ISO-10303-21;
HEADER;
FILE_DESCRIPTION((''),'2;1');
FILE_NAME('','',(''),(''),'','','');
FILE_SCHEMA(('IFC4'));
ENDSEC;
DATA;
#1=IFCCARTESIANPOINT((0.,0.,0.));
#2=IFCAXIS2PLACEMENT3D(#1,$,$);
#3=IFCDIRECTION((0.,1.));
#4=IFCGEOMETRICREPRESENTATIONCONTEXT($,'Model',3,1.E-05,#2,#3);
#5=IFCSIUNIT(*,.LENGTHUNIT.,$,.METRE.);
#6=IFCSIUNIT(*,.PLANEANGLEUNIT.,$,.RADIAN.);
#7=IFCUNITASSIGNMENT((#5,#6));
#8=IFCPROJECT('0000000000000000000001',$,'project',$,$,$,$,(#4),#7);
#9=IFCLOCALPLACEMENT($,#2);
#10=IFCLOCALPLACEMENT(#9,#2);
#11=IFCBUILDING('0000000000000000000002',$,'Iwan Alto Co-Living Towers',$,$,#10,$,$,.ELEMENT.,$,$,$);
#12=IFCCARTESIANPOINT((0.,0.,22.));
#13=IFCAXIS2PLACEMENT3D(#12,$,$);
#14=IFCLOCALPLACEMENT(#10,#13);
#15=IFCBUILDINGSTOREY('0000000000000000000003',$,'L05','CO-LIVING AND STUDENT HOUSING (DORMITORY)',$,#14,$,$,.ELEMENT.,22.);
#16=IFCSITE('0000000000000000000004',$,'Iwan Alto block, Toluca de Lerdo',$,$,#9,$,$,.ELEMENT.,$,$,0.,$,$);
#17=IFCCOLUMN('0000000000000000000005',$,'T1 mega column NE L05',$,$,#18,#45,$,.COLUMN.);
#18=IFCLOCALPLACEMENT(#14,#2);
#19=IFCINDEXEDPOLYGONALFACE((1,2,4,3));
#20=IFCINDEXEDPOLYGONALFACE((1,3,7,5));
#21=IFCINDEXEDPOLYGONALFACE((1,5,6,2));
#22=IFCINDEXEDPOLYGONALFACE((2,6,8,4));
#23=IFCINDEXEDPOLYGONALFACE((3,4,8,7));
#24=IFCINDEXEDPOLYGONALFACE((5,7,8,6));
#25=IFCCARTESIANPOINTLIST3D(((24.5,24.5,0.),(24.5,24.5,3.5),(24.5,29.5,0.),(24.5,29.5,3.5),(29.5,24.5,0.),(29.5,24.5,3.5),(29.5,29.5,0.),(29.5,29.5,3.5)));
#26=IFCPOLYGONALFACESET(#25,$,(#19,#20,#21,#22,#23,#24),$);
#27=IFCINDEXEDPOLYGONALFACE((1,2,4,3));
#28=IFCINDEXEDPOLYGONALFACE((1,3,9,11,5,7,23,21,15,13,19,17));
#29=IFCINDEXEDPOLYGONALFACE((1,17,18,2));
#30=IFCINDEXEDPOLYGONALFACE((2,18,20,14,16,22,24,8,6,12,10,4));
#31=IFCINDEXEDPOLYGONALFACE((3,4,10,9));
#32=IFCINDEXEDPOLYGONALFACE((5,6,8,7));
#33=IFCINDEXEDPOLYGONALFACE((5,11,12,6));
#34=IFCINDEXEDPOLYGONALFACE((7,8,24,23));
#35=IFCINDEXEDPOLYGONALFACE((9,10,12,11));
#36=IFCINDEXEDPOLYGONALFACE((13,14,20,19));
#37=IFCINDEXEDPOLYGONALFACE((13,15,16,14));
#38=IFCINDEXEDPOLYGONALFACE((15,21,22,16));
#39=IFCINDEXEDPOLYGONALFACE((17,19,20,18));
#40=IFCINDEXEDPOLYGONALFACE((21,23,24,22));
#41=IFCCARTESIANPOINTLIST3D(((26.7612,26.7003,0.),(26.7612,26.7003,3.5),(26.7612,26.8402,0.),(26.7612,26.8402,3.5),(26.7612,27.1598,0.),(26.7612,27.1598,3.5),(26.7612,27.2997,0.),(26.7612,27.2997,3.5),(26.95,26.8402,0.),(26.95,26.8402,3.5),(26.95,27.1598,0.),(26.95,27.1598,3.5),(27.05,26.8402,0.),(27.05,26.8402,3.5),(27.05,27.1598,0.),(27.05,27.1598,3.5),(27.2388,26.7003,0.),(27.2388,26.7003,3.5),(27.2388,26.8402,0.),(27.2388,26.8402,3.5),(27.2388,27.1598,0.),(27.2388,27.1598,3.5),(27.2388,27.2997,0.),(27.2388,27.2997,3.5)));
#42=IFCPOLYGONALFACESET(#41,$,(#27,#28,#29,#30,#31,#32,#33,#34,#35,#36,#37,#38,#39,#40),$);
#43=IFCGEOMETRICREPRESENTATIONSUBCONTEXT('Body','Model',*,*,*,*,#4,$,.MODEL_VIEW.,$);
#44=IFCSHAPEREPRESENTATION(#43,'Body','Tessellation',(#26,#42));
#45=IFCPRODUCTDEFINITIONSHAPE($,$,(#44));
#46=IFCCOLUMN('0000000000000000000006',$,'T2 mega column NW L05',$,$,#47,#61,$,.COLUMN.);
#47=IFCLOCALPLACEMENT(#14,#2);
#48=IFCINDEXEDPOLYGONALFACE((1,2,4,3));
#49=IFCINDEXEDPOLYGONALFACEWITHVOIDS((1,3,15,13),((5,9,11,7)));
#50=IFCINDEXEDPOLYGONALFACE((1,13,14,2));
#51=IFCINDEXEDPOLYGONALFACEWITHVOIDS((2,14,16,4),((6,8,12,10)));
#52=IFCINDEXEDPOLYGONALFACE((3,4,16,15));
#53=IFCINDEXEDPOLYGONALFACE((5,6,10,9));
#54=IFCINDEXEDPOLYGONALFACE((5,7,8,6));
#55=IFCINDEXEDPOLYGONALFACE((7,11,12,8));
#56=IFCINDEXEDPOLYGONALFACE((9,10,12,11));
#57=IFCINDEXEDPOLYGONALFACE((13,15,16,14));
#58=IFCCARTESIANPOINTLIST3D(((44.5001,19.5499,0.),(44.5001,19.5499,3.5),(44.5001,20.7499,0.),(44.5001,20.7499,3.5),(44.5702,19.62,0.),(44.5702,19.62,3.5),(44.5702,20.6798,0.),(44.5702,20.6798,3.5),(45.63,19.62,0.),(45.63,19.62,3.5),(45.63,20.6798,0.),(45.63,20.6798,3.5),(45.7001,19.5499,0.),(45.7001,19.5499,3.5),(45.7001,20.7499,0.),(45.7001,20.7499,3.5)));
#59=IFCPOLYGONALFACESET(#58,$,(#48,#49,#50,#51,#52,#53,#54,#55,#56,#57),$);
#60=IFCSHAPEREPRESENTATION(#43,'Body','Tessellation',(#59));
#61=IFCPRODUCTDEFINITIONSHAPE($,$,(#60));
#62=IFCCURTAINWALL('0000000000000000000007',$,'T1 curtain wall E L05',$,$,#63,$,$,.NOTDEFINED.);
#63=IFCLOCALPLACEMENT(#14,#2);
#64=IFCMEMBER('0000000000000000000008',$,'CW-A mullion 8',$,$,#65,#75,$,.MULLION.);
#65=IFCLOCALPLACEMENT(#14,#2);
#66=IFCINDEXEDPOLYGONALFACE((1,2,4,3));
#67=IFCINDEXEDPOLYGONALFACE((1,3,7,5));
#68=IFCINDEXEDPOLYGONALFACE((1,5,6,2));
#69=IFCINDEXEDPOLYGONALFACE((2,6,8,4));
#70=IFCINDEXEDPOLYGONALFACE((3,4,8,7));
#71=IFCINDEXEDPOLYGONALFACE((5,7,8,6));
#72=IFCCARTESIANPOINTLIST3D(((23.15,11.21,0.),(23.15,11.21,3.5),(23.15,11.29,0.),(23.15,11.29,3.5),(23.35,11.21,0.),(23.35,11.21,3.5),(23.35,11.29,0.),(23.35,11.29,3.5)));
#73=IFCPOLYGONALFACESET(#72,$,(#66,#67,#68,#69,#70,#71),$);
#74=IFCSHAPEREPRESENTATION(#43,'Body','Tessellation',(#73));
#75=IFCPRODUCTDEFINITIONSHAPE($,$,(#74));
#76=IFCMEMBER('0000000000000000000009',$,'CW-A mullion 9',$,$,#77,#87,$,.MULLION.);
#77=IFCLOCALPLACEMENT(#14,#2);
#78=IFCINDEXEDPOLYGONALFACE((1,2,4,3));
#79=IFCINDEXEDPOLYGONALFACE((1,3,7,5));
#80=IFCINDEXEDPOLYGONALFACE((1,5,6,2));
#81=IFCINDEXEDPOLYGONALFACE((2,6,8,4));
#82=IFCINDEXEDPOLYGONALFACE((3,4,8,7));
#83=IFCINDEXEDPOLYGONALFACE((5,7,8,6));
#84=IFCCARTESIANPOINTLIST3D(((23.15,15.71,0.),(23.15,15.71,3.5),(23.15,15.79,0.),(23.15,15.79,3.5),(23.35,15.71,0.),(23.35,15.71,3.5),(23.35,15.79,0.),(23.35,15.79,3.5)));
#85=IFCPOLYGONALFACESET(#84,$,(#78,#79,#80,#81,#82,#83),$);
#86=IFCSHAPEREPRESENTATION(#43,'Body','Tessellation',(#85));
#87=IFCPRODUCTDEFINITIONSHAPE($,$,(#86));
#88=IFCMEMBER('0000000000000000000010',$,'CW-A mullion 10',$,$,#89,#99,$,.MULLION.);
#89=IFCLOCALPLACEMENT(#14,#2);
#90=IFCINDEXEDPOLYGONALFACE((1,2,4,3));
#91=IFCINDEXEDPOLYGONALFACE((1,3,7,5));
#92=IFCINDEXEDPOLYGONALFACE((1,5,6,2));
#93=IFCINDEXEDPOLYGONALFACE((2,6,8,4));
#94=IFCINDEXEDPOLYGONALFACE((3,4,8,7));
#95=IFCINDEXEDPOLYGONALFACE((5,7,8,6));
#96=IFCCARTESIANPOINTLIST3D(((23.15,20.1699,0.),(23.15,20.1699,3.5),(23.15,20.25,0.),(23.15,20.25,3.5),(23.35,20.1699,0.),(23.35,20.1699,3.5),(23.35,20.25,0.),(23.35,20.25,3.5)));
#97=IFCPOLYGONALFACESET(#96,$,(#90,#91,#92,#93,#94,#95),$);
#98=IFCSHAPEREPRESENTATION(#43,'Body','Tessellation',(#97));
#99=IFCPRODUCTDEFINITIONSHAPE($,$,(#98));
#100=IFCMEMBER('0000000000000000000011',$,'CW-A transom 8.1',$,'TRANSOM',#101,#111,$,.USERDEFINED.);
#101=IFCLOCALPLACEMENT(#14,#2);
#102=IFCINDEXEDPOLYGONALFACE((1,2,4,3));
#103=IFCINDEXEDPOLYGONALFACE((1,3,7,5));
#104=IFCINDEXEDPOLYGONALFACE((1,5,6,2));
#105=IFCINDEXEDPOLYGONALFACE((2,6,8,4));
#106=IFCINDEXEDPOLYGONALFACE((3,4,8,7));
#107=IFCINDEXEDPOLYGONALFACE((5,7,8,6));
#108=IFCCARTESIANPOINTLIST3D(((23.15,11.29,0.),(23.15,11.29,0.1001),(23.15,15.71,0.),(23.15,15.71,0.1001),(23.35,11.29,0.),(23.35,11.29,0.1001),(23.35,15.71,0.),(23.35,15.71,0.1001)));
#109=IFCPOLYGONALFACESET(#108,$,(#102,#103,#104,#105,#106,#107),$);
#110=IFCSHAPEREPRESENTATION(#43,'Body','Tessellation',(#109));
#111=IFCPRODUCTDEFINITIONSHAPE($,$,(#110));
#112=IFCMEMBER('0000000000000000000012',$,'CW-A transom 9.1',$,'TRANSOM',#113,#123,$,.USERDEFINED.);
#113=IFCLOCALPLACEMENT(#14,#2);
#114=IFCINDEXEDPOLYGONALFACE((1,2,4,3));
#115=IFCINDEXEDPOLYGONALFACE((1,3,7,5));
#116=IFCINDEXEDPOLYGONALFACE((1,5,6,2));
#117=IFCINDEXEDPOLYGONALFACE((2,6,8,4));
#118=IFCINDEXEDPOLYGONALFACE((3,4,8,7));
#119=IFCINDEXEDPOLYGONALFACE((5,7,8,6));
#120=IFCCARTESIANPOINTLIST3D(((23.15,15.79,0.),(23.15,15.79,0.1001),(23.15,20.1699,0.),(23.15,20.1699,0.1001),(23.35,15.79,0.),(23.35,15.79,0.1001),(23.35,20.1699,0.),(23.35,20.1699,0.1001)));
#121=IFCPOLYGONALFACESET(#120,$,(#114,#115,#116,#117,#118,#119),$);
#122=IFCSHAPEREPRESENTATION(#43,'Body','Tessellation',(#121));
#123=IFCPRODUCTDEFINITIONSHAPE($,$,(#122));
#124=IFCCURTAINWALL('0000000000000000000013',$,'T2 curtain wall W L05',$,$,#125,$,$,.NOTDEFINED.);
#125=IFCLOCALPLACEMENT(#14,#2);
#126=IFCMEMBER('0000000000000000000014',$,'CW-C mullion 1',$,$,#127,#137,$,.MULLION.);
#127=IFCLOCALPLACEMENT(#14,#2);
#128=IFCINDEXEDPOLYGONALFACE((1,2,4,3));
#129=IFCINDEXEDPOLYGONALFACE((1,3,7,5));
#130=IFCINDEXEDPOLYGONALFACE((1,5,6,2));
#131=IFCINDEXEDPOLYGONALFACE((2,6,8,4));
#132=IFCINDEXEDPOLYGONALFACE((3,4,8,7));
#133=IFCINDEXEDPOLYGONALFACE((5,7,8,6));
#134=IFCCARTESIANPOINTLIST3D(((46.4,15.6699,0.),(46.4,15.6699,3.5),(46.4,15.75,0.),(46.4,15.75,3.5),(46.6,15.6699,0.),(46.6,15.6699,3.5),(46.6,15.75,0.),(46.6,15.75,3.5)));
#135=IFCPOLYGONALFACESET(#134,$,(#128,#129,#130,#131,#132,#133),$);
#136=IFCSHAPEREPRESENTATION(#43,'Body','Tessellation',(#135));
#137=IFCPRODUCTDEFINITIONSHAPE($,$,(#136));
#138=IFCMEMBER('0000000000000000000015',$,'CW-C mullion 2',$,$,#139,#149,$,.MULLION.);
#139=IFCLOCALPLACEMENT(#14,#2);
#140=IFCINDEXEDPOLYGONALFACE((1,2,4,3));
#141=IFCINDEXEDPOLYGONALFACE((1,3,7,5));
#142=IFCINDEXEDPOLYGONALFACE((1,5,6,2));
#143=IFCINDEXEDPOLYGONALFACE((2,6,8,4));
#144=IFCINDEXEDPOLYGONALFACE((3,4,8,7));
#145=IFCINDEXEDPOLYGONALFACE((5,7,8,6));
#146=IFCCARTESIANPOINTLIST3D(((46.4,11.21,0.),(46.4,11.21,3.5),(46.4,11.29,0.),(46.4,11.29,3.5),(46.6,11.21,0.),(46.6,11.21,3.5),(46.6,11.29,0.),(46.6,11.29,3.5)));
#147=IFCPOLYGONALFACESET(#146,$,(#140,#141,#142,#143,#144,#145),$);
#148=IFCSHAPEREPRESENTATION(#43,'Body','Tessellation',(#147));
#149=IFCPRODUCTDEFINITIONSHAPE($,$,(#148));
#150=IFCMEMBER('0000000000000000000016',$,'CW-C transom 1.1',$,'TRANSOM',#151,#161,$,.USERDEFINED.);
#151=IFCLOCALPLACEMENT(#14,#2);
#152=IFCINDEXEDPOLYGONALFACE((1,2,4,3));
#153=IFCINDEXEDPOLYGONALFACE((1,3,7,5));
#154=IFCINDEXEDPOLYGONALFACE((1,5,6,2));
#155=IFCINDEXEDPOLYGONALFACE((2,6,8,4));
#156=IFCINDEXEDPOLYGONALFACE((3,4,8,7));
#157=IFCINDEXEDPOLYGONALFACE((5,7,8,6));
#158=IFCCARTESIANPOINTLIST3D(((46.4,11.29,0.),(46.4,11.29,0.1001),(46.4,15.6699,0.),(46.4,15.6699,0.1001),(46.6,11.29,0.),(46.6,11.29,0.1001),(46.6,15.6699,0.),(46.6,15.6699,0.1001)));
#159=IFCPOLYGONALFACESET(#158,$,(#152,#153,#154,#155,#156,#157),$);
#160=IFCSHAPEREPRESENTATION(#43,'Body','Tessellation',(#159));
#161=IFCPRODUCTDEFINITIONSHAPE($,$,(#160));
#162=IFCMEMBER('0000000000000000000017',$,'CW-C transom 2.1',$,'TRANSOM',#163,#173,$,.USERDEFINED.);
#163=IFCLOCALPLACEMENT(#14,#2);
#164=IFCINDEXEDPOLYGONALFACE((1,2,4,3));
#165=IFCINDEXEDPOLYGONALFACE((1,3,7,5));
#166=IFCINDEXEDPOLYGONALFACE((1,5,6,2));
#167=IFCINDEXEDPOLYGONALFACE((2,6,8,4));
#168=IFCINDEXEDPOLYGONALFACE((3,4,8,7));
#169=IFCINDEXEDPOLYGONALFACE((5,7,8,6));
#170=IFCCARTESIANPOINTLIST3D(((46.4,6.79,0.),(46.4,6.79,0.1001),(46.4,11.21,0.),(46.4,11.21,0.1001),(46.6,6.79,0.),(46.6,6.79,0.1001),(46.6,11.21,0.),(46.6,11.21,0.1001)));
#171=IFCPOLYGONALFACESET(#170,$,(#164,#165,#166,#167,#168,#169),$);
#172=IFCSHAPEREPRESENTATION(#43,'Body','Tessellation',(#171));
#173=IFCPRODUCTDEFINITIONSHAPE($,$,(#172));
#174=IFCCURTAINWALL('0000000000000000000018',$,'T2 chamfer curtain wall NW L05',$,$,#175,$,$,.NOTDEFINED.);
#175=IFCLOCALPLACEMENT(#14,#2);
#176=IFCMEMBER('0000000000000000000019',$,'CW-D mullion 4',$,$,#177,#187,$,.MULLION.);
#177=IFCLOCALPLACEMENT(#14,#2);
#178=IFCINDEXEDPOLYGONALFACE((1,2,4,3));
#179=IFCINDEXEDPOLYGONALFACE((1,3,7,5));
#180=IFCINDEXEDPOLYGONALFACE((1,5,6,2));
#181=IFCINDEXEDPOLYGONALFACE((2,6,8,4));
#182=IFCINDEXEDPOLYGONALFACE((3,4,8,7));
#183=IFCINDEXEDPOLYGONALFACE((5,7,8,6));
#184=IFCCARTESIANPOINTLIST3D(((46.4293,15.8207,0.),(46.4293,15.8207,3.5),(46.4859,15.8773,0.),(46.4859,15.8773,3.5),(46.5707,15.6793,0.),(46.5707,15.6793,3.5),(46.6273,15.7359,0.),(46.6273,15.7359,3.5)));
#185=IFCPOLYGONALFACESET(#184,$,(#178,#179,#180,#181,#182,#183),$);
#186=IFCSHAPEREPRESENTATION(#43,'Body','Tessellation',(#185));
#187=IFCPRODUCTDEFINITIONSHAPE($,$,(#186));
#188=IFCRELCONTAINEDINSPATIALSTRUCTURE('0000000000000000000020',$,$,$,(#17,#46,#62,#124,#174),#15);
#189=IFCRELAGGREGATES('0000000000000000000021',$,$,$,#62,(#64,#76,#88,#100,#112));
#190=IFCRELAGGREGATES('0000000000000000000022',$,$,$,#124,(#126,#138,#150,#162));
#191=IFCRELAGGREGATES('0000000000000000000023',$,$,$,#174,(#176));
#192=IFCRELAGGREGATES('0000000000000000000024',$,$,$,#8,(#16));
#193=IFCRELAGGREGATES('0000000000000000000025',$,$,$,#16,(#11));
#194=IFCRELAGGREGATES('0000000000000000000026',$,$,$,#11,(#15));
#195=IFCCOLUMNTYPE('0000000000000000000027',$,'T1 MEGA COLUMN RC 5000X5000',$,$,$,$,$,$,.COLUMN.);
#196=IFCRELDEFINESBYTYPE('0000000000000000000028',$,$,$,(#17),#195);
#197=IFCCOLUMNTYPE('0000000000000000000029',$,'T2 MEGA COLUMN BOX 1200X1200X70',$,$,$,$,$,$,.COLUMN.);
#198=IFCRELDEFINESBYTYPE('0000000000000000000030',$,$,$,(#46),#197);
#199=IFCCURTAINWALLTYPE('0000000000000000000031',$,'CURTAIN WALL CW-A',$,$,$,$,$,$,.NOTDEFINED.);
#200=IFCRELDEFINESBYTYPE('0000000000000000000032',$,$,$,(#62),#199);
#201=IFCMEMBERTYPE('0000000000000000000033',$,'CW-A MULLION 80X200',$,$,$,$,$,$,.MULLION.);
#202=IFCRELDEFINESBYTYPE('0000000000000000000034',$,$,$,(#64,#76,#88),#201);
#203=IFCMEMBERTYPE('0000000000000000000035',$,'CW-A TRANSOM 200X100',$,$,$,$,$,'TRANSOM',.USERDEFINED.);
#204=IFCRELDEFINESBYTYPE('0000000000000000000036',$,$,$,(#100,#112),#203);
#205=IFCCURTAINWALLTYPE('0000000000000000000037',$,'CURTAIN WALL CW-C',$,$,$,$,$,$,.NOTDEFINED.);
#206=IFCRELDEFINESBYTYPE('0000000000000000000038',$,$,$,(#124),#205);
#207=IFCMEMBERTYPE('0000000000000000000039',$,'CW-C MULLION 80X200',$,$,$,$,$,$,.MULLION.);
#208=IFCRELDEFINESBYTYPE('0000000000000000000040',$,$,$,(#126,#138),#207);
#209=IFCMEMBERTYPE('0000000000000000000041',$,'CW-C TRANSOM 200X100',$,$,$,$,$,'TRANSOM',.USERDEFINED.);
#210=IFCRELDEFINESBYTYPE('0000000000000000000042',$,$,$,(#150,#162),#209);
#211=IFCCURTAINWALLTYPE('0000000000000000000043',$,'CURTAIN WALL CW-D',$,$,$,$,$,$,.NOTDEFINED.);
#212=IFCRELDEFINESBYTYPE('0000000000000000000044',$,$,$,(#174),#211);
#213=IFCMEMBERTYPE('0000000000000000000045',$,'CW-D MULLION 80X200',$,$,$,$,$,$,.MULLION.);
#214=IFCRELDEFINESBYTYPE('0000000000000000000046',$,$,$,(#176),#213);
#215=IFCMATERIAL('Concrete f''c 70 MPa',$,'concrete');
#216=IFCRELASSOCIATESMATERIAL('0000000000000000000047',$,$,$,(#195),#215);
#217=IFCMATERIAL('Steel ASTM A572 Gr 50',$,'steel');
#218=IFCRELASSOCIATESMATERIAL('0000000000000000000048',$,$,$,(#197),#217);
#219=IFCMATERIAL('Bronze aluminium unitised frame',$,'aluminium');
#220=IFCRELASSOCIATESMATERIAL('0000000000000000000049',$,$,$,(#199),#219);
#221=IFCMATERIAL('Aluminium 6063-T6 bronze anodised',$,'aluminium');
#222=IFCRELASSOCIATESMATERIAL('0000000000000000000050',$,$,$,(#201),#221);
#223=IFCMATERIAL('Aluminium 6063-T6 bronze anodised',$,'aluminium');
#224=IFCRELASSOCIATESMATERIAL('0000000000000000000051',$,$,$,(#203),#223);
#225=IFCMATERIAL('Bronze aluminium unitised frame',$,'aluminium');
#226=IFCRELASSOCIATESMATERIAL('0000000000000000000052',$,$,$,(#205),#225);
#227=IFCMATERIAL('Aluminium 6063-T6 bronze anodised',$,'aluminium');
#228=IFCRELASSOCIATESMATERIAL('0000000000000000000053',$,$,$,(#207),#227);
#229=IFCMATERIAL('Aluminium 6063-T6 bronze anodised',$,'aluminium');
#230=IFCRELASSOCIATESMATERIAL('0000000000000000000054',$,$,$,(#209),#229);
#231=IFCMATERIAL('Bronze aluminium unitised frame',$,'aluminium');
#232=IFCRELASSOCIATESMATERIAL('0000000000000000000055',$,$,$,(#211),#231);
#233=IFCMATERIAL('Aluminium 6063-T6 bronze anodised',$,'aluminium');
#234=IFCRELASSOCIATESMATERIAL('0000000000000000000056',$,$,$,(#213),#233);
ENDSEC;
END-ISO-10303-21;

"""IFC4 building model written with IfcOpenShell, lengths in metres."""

from ifc_helpers import new_model, si_unit, direction, frame, origin, origin_2d, place, context, subcontext, project, spatial, rectangle, hollow_rectangle, i_section, extrude, material, material_profile, profile_set, type_object, element, aggregate, save


model = new_model("IFC4")

# Units and contexts
model_context = context("Model", 3, precision=1e-05, world=origin(), true_north=direction((0.0, 1.0)))
body_context = subcontext(model_context, "Body", "Model", "MODEL_VIEW")
ifc_project = project(units=[si_unit("LENGTHUNIT", "METRE"), si_unit("PLANEANGLEUNIT", "RADIAN")], contexts=[model_context])

# Site, building, storey
site_placement = place(None, origin())
site = spatial("IfcSite", under=ifc_project, at=site_placement, Name="Iwan Alto block, Toluca de Lerdo", CompositionType="ELEMENT", RefElevation=0.0)
building_placement = place(site_placement, origin())
building = spatial("IfcBuilding", under=site, at=building_placement, Name="Iwan Alto Co-Living Towers", CompositionType="ELEMENT")
storey_placement = place(building_placement, frame((0.0, 0.0, 22.0)))
storey = spatial("IfcBuildingStorey", under=building, at=storey_placement, Name="L05", Description="CO-LIVING AND STUDENT HOUSING (DORMITORY)", CompositionType="ELEMENT", Elevation=22.0)

# Columns
ifc_material_1 = material(Name="Concrete f'c 70 MPa", Category="concrete")
ifc_material_profile_1 = material_profile(ifc_material_1, rectangle(XDim=5.0, YDim=5.0, at=origin_2d()), Name="RC 5000X5000")
ifc_profile_set_1 = profile_set([ifc_material_profile_1], Name="Concrete f'c 70 MPa")
column_type_1 = type_object("IfcColumnType", Name="T1 MEGA COLUMN RC 5000X5000", PredefinedType="COLUMN", material=ifc_profile_set_1)
column_1_placement = place(storey_placement, frame((27.0, 27.0, 0.0), z_axis=(0.0, 0.0, 1.0), x_axis=(1.0, 0.0, 0.0)))
element("IfcColumn", 1, at=column_1_placement, inside=storey, type_object=column_type_1, Name="T1 mega column NE L05", PredefinedType="COLUMN", context=body_context, shape_type="SweptSolid", body=[
    extrude(rectangle(XDim=5.0, YDim=5.0, at=origin_2d()), origin(), (0.0, 0.0, 1.0), 3.5),
    extrude(i_section(OverallWidth=0.4775, OverallDepth=0.5994, WebThickness=0.1001, FlangeThickness=0.1399, at=origin_2d()), origin(), (0.0, 0.0, 1.0), 3.5),
])
ifc_material_2 = material(Name="Steel ASTM A572 Gr 50", Category="steel")
ifc_material_profile_2 = material_profile(ifc_material_2, hollow_rectangle(XDim=1.2, YDim=1.2, WallThickness=0.0701, at=origin_2d()), Name="BOX 1200X1200X70")
ifc_profile_set_2 = profile_set([ifc_material_profile_2], Name="Steel ASTM A572 Gr 50")
column_type_2 = type_object("IfcColumnType", Name="T2 MEGA COLUMN BOX 1200X1200X70", PredefinedType="COLUMN", material=ifc_profile_set_2)
column_2_placement = place(storey_placement, frame((45.1001, 20.1499, 0.0), z_axis=(0.0, 0.0, 1.0), x_axis=(1.0, 0.0, 0.0)))
element("IfcColumn", 2, at=column_2_placement, inside=storey, type_object=column_type_2, Name="T2 mega column NW L05", PredefinedType="COLUMN", context=body_context, shape_type="SweptSolid", body=[
    extrude(hollow_rectangle(XDim=1.2, YDim=1.2, WallThickness=0.0701, at=origin_2d()), origin(), (0.0, 0.0, 1.0), 3.5),
])

# Curtain walls, members
ifc_material_3 = material(Name="Bronze aluminium unitised frame", Category="aluminium")
curtain_wall_type_1 = type_object("IfcCurtainWallType", Name="CURTAIN WALL CW-A", PredefinedType="NOTDEFINED", material=ifc_material_3)
curtain_wall_1_placement = place(storey_placement, origin())
curtain_wall_1 = element("IfcCurtainWall", 3, at=curtain_wall_1_placement, inside=storey, type_object=curtain_wall_type_1, Name="T1 curtain wall E L05", PredefinedType="NOTDEFINED")
ifc_material_4 = material(Name="Aluminium 6063-T6 bronze anodised", Category="aluminium")
ifc_material_profile_3 = material_profile(ifc_material_4, rectangle(XDim=0.2, YDim=0.0801, at=origin_2d()), Name="AL 80X200")
ifc_profile_set_3 = profile_set([ifc_material_profile_3], Name="Aluminium 6063-T6 bronze anodised")
member_type_1 = type_object("IfcMemberType", Name="CW-A MULLION 80X200", PredefinedType="MULLION", material=ifc_profile_set_3)
member_1_placement = place(storey_placement, frame((23.25, 11.25, 0.0), z_axis=(0.0, 0.0, 1.0), x_axis=(-1.0, 0.0, 0.0)))
member_1 = element("IfcMember", 4, at=member_1_placement, type_object=member_type_1, Name="CW-A mullion 8", PredefinedType="MULLION", context=body_context, shape_type="SweptSolid", body=[
    extrude(rectangle(XDim=0.2, YDim=0.0801, at=origin_2d()), origin(), (0.0, 0.0, 1.0), 3.5),
])
member_2_placement = place(storey_placement, frame((23.25, 15.75, 0.0), z_axis=(0.0, 0.0, 1.0), x_axis=(-1.0, 0.0, 0.0)))
member_2 = element("IfcMember", 5, at=member_2_placement, type_object=member_type_1, Name="CW-A mullion 9", PredefinedType="MULLION", context=body_context, shape_type="SweptSolid", body=[
    extrude(rectangle(XDim=0.2, YDim=0.0801, at=origin_2d()), origin(), (0.0, 0.0, 1.0), 3.5),
])
member_3_placement = place(storey_placement, frame((23.25, 20.21, 0.0), z_axis=(0.0, 0.0, 1.0), x_axis=(-1.0, 0.0, 0.0)))
member_3 = element("IfcMember", 6, at=member_3_placement, type_object=member_type_1, Name="CW-A mullion 10", PredefinedType="MULLION", context=body_context, shape_type="SweptSolid", body=[
    extrude(rectangle(XDim=0.2, YDim=0.0801, at=origin_2d()), origin(), (0.0, 0.0, 1.0), 3.5),
])
ifc_material_5 = material(Name="Aluminium 6063-T6 bronze anodised", Category="aluminium")
ifc_material_profile_4 = material_profile(ifc_material_5, rectangle(XDim=0.2, YDim=0.1001, at=origin_2d()), Name="AL 200X100")
ifc_profile_set_4 = profile_set([ifc_material_profile_4], Name="Aluminium 6063-T6 bronze anodised")
member_type_2 = type_object("IfcMemberType", Name="CW-A TRANSOM 200X100", ElementType="TRANSOM", PredefinedType="USERDEFINED", material=ifc_profile_set_4)
member_4_placement = place(storey_placement, frame((23.25, 11.29, 0.05), z_axis=(0.0, 1.0, 0.0), x_axis=(-1.0, 0.0, 0.0)))
member_4 = element("IfcMember", 7, at=member_4_placement, type_object=member_type_2, Name="CW-A transom 8.1", ObjectType="TRANSOM", PredefinedType="USERDEFINED", context=body_context, shape_type="SweptSolid", body=[
    extrude(rectangle(XDim=0.2, YDim=0.1001, at=origin_2d()), origin(), (0.0, 0.0, 1.0), 4.4199),
])
member_5_placement = place(storey_placement, frame((23.25, 15.79, 0.05), z_axis=(0.0, 1.0, 0.0), x_axis=(-1.0, 0.0, 0.0)))
member_5 = element("IfcMember", 8, at=member_5_placement, type_object=member_type_2, Name="CW-A transom 9.1", ObjectType="TRANSOM", PredefinedType="USERDEFINED", context=body_context, shape_type="SweptSolid", body=[
    extrude(rectangle(XDim=0.2, YDim=0.1001, at=origin_2d()), origin(), (0.0, 0.0, 1.0), 4.3799),
])
ifc_material_6 = material(Name="Bronze aluminium unitised frame", Category="aluminium")
curtain_wall_type_2 = type_object("IfcCurtainWallType", Name="CURTAIN WALL CW-C", PredefinedType="NOTDEFINED", material=ifc_material_6)
curtain_wall_2_placement = place(storey_placement, origin())
curtain_wall_2 = element("IfcCurtainWall", 9, at=curtain_wall_2_placement, inside=storey, type_object=curtain_wall_type_2, Name="T2 curtain wall W L05", PredefinedType="NOTDEFINED")
ifc_material_7 = material(Name="Aluminium 6063-T6 bronze anodised", Category="aluminium")
ifc_material_profile_5 = material_profile(ifc_material_7, rectangle(XDim=0.2, YDim=0.0801, at=origin_2d()), Name="AL 80X200")
ifc_profile_set_5 = profile_set([ifc_material_profile_5], Name="Aluminium 6063-T6 bronze anodised")
member_type_3 = type_object("IfcMemberType", Name="CW-C MULLION 80X200", PredefinedType="MULLION", material=ifc_profile_set_5)
member_6_placement = place(storey_placement, frame((46.5, 15.71, 0.0), z_axis=(0.0, 0.0, 1.0), x_axis=(1.0, 0.0, 0.0)))
member_6 = element("IfcMember", 10, at=member_6_placement, type_object=member_type_3, Name="CW-C mullion 1", PredefinedType="MULLION", context=body_context, shape_type="SweptSolid", body=[
    extrude(rectangle(XDim=0.2, YDim=0.0801, at=origin_2d()), origin(), (0.0, 0.0, 1.0), 3.5),
])
member_7_placement = place(storey_placement, frame((46.5, 11.25, 0.0), z_axis=(0.0, 0.0, 1.0), x_axis=(1.0, 0.0, 0.0)))
member_7 = element("IfcMember", 11, at=member_7_placement, type_object=member_type_3, Name="CW-C mullion 2", PredefinedType="MULLION", context=body_context, shape_type="SweptSolid", body=[
    extrude(rectangle(XDim=0.2, YDim=0.0801, at=origin_2d()), origin(), (0.0, 0.0, 1.0), 3.5),
])
ifc_material_8 = material(Name="Aluminium 6063-T6 bronze anodised", Category="aluminium")
ifc_material_profile_6 = material_profile(ifc_material_8, rectangle(XDim=0.2, YDim=0.1001, at=origin_2d()), Name="AL 200X100")
ifc_profile_set_6 = profile_set([ifc_material_profile_6], Name="Aluminium 6063-T6 bronze anodised")
member_type_4 = type_object("IfcMemberType", Name="CW-C TRANSOM 200X100", ElementType="TRANSOM", PredefinedType="USERDEFINED", material=ifc_profile_set_6)
member_8_placement = place(storey_placement, frame((46.5, 15.6699, 0.05), z_axis=(0.0, -1.0, 0.0), x_axis=(1.0, 0.0, 0.0)))
member_8 = element("IfcMember", 12, at=member_8_placement, type_object=member_type_4, Name="CW-C transom 1.1", ObjectType="TRANSOM", PredefinedType="USERDEFINED", context=body_context, shape_type="SweptSolid", body=[
    extrude(rectangle(XDim=0.2, YDim=0.1001, at=origin_2d()), origin(), (0.0, 0.0, 1.0), 4.3799),
])
member_9_placement = place(storey_placement, frame((46.5, 11.21, 0.05), z_axis=(0.0, -1.0, 0.0), x_axis=(1.0, 0.0, 0.0)))
member_9 = element("IfcMember", 13, at=member_9_placement, type_object=member_type_4, Name="CW-C transom 2.1", ObjectType="TRANSOM", PredefinedType="USERDEFINED", context=body_context, shape_type="SweptSolid", body=[
    extrude(rectangle(XDim=0.2, YDim=0.1001, at=origin_2d()), origin(), (0.0, 0.0, 1.0), 4.4199),
])

# Curtain wall, member
ifc_material_9 = material(Name="Bronze aluminium unitised frame", Category="aluminium")
curtain_wall_type_3 = type_object("IfcCurtainWallType", Name="CURTAIN WALL CW-D", PredefinedType="NOTDEFINED", material=ifc_material_9)
curtain_wall_3_placement = place(storey_placement, origin())
curtain_wall_3 = element("IfcCurtainWall", 14, at=curtain_wall_3_placement, inside=storey, type_object=curtain_wall_type_3, Name="T2 chamfer curtain wall NW L05", PredefinedType="NOTDEFINED")
ifc_material_10 = material(Name="Aluminium 6063-T6 bronze anodised", Category="aluminium")
ifc_material_profile_7 = material_profile(ifc_material_10, rectangle(XDim=0.2, YDim=0.0801, at=origin_2d()), Name="AL 80X200")
ifc_profile_set_7 = profile_set([ifc_material_profile_7], Name="Aluminium 6063-T6 bronze anodised")
member_type_5 = type_object("IfcMemberType", Name="CW-D MULLION 80X200", PredefinedType="MULLION", material=ifc_profile_set_7)
member_10_placement = place(storey_placement, frame((46.5283, 15.7783, 0.0), z_axis=(0.0, 0.0, 1.0), x_axis=(0.707107, -0.707107, 0.0)))
member_10 = element("IfcMember", 15, at=member_10_placement, type_object=member_type_5, Name="CW-D mullion 4", PredefinedType="MULLION", context=body_context, shape_type="SweptSolid", body=[
    extrude(rectangle(XDim=0.2, YDim=0.0801, at=origin_2d()), origin(), (0.0, 0.0, 1.0), 3.5),
])

aggregate(curtain_wall_1, [member_1, member_2, member_3, member_4, member_5])
aggregate(curtain_wall_2, [member_6, member_7, member_8, member_9])
aggregate(curtain_wall_3, [member_10])

save(model, "model.ifc")
